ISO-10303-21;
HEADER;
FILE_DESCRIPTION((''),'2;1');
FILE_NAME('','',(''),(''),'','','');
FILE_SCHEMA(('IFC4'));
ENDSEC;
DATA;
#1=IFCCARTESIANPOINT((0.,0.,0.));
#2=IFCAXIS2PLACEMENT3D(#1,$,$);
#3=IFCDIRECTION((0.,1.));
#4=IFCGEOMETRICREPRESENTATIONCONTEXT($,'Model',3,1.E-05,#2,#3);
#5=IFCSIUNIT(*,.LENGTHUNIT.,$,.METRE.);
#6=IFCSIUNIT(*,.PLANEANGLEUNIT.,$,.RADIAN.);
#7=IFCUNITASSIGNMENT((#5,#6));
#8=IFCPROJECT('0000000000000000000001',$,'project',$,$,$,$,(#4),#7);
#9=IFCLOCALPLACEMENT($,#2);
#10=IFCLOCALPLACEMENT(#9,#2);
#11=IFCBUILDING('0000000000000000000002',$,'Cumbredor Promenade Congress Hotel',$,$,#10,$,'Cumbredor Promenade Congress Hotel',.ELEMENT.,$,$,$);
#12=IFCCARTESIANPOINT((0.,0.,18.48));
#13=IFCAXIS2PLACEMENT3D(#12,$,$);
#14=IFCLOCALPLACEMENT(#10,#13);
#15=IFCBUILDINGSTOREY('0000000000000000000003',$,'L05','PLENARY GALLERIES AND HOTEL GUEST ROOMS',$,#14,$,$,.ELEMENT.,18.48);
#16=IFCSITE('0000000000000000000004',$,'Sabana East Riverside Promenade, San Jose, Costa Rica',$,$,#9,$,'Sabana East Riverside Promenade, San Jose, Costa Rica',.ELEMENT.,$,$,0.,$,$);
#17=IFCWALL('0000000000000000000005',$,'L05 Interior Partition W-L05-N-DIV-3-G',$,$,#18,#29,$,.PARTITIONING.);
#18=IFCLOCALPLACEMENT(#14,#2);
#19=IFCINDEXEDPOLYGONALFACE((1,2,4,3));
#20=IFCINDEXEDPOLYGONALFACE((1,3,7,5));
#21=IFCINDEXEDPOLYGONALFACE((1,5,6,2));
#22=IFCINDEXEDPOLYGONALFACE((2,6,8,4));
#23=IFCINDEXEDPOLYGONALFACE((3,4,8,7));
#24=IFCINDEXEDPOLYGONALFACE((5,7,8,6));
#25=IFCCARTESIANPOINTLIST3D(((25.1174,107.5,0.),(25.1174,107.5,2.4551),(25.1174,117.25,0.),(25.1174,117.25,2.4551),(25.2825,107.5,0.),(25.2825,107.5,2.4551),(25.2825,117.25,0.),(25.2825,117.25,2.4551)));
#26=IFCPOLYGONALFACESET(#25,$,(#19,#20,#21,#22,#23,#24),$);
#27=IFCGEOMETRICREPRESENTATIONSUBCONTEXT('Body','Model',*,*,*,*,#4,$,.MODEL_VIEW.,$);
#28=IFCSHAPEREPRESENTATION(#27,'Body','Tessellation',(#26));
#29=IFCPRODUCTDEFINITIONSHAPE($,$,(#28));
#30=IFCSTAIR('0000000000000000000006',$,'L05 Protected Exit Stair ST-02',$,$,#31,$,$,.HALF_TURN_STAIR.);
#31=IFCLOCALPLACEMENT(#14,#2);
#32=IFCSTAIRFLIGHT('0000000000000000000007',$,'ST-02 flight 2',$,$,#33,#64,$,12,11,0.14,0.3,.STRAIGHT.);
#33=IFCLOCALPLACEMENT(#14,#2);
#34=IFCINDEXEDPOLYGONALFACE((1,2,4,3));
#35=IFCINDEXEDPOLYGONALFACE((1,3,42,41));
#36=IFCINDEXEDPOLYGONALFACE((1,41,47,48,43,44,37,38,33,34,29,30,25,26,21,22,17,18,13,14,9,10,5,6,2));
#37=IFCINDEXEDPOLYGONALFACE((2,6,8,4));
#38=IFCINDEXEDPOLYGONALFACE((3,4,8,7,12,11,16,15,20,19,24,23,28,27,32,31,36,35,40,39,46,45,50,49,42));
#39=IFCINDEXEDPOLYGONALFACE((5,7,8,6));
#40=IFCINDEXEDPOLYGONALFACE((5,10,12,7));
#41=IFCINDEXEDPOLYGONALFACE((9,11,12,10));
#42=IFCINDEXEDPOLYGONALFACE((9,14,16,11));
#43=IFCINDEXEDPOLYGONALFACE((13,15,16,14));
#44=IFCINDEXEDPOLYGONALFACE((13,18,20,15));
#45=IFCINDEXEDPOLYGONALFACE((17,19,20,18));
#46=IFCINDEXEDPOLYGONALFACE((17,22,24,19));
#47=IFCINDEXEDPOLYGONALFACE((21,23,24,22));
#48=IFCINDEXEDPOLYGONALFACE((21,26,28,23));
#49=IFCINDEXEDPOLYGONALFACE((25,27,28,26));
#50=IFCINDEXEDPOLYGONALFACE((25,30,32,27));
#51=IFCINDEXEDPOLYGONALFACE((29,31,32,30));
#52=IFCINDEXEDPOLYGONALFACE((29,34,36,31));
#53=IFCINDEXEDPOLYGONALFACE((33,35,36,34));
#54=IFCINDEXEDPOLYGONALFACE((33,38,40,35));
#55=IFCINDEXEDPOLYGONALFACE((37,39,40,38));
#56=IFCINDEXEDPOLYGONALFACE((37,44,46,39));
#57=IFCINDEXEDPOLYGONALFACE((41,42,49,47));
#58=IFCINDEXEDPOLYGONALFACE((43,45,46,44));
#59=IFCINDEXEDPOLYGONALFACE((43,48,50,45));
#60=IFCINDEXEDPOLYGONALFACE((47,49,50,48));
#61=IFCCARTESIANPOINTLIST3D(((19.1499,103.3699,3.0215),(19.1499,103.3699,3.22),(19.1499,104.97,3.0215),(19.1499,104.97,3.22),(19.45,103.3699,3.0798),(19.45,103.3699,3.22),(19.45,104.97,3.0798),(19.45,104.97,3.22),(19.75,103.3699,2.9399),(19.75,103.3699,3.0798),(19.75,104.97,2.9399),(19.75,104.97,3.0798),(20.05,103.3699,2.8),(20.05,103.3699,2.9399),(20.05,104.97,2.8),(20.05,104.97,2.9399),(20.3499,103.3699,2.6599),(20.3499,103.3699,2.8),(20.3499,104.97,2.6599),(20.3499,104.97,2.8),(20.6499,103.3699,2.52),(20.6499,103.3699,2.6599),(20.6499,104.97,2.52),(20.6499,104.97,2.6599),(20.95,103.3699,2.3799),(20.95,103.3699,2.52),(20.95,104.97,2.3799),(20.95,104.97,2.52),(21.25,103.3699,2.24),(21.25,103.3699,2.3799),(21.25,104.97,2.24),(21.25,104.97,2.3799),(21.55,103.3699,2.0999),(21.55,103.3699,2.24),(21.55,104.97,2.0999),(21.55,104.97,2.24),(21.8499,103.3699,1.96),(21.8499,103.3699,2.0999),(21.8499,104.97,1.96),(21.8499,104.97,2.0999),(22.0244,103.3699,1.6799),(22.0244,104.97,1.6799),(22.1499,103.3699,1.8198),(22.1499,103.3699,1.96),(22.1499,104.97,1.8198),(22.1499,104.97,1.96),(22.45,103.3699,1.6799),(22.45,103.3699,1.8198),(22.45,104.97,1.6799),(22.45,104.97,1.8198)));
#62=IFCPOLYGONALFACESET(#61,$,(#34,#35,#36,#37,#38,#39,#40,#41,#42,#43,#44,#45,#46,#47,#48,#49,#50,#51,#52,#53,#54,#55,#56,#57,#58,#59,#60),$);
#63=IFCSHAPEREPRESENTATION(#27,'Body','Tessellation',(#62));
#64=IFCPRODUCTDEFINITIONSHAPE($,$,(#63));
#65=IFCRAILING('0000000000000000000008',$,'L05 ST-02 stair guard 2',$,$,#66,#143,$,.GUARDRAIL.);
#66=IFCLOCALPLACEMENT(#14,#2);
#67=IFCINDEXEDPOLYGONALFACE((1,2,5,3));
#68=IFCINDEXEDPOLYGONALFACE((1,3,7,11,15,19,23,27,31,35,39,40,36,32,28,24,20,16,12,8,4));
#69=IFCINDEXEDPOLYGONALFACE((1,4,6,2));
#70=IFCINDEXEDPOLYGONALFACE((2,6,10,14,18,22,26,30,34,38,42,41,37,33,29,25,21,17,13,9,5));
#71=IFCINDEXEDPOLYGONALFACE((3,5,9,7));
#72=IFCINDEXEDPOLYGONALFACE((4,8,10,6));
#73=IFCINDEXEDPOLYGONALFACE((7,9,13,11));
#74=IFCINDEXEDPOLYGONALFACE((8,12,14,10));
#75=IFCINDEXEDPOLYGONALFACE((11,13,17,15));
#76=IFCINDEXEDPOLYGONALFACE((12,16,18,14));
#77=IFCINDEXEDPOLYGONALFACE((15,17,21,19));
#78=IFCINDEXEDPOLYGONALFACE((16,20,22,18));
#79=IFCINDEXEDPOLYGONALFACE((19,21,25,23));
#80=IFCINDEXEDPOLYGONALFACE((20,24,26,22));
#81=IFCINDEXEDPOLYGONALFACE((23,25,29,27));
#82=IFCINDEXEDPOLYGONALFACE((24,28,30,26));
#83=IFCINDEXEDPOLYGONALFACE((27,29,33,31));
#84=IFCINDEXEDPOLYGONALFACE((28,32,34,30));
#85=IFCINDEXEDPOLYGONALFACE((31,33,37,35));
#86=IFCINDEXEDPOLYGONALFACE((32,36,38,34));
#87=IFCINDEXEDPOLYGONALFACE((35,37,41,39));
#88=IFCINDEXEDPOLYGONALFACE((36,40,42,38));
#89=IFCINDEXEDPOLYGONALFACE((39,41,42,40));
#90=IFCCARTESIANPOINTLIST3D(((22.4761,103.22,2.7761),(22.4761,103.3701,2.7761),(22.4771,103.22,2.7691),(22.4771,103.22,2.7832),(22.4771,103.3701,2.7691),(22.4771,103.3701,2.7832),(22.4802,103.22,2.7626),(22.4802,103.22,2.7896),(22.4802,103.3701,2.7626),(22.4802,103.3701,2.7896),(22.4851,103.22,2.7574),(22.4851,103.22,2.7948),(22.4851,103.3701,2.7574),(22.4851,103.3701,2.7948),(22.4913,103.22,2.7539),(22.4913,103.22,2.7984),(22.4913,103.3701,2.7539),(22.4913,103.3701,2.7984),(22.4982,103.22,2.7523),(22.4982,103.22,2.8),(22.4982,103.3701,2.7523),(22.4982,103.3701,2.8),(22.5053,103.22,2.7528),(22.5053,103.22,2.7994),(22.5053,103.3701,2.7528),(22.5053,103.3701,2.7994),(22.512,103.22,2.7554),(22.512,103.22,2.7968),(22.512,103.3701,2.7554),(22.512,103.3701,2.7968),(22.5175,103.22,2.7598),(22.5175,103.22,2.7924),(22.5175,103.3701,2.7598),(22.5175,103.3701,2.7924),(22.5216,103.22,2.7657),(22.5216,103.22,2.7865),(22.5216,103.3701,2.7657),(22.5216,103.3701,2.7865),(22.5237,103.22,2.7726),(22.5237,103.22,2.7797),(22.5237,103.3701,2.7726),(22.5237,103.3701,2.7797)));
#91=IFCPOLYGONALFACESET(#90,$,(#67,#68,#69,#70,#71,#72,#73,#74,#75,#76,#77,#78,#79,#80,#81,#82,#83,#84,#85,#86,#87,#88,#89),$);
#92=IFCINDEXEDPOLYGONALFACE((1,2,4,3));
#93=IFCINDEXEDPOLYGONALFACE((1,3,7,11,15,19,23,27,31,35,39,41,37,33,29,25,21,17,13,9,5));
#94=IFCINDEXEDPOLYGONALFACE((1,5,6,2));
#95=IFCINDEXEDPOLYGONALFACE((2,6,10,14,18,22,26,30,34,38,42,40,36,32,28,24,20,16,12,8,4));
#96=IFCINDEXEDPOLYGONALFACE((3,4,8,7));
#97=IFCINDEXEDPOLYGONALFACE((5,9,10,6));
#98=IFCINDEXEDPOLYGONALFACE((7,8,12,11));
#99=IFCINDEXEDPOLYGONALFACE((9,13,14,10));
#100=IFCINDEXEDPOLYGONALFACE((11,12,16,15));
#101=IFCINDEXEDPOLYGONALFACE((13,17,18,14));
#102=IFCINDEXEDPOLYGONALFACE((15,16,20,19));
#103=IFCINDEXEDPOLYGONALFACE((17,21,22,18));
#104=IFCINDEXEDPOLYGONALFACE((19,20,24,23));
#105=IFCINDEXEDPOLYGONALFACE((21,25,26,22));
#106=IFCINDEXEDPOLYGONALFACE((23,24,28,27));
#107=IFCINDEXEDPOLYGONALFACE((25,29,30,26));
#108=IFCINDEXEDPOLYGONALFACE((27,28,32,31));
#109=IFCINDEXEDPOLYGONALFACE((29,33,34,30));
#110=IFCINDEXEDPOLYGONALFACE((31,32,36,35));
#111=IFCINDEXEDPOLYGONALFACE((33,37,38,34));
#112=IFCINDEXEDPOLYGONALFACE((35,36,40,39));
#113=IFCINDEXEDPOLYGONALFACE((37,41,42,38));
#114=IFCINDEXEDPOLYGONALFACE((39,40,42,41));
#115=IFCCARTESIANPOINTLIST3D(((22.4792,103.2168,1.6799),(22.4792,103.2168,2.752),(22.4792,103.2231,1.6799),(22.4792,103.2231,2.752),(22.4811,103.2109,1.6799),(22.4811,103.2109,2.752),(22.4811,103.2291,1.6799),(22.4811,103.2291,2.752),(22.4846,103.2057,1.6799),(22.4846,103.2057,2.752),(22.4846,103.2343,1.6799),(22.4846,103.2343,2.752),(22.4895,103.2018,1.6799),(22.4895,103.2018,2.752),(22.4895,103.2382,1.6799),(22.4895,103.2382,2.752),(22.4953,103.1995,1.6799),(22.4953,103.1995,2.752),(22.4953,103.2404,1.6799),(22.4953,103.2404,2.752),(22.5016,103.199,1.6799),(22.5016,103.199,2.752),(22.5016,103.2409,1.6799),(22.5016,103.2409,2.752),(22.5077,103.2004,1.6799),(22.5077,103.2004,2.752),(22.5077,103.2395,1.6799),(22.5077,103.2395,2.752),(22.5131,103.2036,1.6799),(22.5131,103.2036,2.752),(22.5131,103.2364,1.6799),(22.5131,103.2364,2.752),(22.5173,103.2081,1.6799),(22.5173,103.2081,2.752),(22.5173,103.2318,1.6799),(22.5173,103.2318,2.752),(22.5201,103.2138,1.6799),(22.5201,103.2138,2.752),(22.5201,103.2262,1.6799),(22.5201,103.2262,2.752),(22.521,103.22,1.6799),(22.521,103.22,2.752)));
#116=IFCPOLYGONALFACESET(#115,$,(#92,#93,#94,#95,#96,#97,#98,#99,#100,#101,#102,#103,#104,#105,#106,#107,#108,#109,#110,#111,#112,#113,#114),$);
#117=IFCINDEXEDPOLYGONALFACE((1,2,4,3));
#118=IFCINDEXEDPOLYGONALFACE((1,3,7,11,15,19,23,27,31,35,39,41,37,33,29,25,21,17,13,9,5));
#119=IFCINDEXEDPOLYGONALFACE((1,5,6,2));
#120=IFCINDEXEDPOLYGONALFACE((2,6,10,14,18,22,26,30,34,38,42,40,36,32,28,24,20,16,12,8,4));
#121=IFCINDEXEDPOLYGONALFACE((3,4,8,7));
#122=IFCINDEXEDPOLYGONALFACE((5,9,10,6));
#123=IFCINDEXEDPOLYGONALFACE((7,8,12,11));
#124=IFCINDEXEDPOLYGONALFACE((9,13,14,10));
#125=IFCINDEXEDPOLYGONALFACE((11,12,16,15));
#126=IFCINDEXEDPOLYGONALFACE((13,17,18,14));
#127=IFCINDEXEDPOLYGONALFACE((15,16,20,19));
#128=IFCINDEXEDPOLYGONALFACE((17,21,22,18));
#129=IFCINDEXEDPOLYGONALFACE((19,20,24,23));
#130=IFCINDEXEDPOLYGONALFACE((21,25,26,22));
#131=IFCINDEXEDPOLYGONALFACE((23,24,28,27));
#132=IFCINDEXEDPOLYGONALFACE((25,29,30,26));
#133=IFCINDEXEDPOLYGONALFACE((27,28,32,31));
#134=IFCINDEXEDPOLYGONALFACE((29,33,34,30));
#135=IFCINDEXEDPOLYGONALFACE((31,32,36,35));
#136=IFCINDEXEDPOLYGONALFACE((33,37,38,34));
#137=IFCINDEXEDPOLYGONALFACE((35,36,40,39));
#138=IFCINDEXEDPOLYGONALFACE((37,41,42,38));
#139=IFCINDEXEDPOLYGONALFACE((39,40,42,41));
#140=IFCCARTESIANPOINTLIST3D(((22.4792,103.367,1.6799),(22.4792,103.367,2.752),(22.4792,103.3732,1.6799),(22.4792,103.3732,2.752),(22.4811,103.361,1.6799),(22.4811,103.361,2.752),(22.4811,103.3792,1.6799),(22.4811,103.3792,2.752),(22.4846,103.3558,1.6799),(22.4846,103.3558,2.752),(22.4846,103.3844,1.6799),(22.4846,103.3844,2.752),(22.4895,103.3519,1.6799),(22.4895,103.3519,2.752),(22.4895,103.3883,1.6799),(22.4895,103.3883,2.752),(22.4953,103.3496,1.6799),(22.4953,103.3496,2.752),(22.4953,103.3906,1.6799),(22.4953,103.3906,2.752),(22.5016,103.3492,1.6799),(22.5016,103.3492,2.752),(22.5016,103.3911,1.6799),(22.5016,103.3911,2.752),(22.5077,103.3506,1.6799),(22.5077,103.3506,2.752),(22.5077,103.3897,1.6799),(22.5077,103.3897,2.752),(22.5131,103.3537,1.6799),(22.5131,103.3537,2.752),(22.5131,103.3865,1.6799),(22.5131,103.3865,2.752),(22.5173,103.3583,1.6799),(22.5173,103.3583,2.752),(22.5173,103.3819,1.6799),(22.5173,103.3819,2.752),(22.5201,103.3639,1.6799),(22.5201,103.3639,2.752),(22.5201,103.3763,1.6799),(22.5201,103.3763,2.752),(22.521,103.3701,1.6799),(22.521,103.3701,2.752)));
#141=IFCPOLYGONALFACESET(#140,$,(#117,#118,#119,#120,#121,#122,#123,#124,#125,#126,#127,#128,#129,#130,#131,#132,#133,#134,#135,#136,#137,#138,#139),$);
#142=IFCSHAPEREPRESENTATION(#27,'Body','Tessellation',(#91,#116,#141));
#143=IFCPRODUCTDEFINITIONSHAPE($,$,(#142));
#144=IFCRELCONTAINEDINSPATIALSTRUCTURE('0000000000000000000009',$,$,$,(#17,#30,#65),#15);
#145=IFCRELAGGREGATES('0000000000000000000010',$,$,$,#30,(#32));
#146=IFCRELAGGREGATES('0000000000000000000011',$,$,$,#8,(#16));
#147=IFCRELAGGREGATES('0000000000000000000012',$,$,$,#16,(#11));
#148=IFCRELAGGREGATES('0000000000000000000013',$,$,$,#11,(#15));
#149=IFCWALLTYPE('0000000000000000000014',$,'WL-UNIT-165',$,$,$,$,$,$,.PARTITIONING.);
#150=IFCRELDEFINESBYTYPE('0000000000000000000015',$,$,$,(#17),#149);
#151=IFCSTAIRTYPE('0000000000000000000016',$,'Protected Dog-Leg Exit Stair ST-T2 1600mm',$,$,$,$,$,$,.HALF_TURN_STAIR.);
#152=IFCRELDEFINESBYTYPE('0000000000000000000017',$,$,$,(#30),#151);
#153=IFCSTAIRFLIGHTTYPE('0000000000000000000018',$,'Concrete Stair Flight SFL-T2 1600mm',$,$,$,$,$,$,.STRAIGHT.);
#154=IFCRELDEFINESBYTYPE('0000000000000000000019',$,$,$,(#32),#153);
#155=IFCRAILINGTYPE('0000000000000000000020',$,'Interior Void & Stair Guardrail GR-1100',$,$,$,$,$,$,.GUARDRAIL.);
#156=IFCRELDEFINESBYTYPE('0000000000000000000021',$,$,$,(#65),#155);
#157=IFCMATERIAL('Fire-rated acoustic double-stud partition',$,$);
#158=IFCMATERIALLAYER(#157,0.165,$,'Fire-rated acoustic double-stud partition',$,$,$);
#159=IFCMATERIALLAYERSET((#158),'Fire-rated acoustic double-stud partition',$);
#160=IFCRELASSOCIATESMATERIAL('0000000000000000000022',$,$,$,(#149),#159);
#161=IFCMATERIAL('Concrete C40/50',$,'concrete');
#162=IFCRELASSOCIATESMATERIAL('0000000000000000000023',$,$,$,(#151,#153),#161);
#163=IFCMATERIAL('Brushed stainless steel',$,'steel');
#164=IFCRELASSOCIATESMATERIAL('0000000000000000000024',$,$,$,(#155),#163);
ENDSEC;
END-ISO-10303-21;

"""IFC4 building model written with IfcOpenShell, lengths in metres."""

from ifc_helpers import new_model, si_unit, direction, frame, frame_2d, origin, origin_2d, place, context, subcontext, project, spatial, polyline, rectangle, circle, outline, extrude, material, layer, layer_set, type_object, element, aggregate, save


model = new_model("IFC4")

# Units and contexts
model_context = context("Model", 3, precision=1e-05, world=origin(), true_north=direction((0.0, 1.0)))
body_context = subcontext(model_context, "Body", "Model", "MODEL_VIEW")
ifc_project = project(units=[si_unit("LENGTHUNIT", "METRE"), si_unit("PLANEANGLEUNIT", "RADIAN")], contexts=[model_context])

# Site, building, storey
site_placement = place(None, origin())
site = spatial("IfcSite", under=ifc_project, at=site_placement, Name="Sabana East Riverside Promenade, San Jose, Costa Rica", LongName="Sabana East Riverside Promenade, San Jose, Costa Rica", CompositionType="ELEMENT", RefElevation=0.0)
building_placement = place(site_placement, origin())
building = spatial("IfcBuilding", under=site, at=building_placement, Name="Cumbredor Promenade Congress Hotel", LongName="Cumbredor Promenade Congress Hotel", CompositionType="ELEMENT")
storey_placement = place(building_placement, frame((0.0, 0.0, 18.48)))
storey = spatial("IfcBuildingStorey", under=building, at=storey_placement, Name="L05", Description="PLENARY GALLERIES AND HOTEL GUEST ROOMS", CompositionType="ELEMENT", Elevation=18.48)

# Shared definitions
ifc_material_1 = material(Name="Concrete C40/50", Category="concrete")

# Wall
ifc_material_2 = material(Name="Fire-rated acoustic double-stud partition")
ifc_layer_1 = layer(ifc_material_2, 0.165, Name="Fire-rated acoustic double-stud partition")
ifc_layer_set_1 = layer_set([ifc_layer_1], Name="Fire-rated acoustic double-stud partition")
wall_type_1 = type_object("IfcWallType", Name="WL-UNIT-165", PredefinedType="PARTITIONING", material=ifc_layer_set_1)
wall_1_placement = place(storey_placement, frame((25.2, 107.5, 0.0), z_axis=(0.0, 0.0, 1.0), x_axis=(0.0, 1.0, 0.0)))
element("IfcWall", 1, at=wall_1_placement, inside=storey, type_object=wall_type_1, Name="L05 Interior Partition W-L05-N-DIV-3-G", PredefinedType="PARTITIONING", context=body_context, shape_type="SweptSolid", body=[
    extrude(rectangle(XDim=9.75, YDim=0.165, at=frame_2d((4.875, 0.0))), origin(), (0.0, 0.0, 1.0), 2.4551),
])

# Stair, stair flight
stair_type = type_object("IfcStairType", Name="Protected Dog-Leg Exit Stair ST-T2 1600mm", PredefinedType="HALF_TURN_STAIR", material=ifc_material_1)
stair_placement = place(storey_placement, origin())
stair = element("IfcStair", 2, at=stair_placement, inside=storey, type_object=stair_type, Name="L05 Protected Exit Stair ST-02", PredefinedType="HALF_TURN_STAIR")
stair_flight_type = type_object("IfcStairFlightType", Name="Concrete Stair Flight SFL-T2 1600mm", PredefinedType="STRAIGHT", material=ifc_material_1)
stair_flight_placement = place(storey_placement, frame((22.45, 104.1699, 1.6799), z_axis=(0.0, 0.0, 1.0), x_axis=(-1.0, 0.0, 0.0)))
stair_flight = element("IfcStairFlight", 3, at=stair_flight_placement, type_object=stair_flight_type, Name="ST-02 flight 2", NumberOfRisers=12, NumberOfTreads=11, PredefinedType="STRAIGHT", RiserHeight=0.14, TreadLength=0.3, context=body_context, shape_type="SweptSolid", body=[
    extrude(outline(polyline([(0.0, 0.0), (0.0, 0.1399), (0.3, 0.1399), (0.3, 0.28), (0.6001, 0.28), (0.6001, 0.4199), (0.8999, 0.4199), (0.8999, 0.5601), (1.2, 0.5601), (1.2, 0.7), (1.5, 0.7), (1.5, 0.8401), (1.8, 0.8401), (1.8, 0.98), (2.1001, 0.98), (2.1001, 1.1201), (2.3999, 1.1201), (2.3999, 1.26), (2.7, 1.26), (2.7, 1.3999), (3.0, 1.3999), (3.0, 1.54), (3.3, 1.54), (3.3, 1.6799), (3.3, 1.3416), (0.4255, 0.0), (0.0, 0.0)])), frame((0.0, 0.8, 0.0), z_axis=(0.0, -1.0, 0.0), x_axis=(1.0, 0.0, 0.0)), (0.0, 0.0, 1.0), 1.6001),
])
aggregate(stair, [stair_flight])

# Railing
ifc_material_3 = material(Name="Brushed stainless steel", Category="steel")
railing_type_1 = type_object("IfcRailingType", Name="Interior Void & Stair Guardrail GR-1100", PredefinedType="GUARDRAIL", material=ifc_material_3)
railing_1_placement = place(storey_placement, frame((22.5, 103.22, 1.6799)))
element("IfcRailing", 4, at=railing_1_placement, inside=storey, type_object=railing_type_1, Name="L05 ST-02 stair guard 2", PredefinedType="GUARDRAIL", context=body_context, shape_type="SweptSolid", body=[
    extrude(circle(Radius=0.0239, at=origin_2d()), frame((0.0, 0.0, 1.0962), z_axis=(0.0, 1.0, 0.0), x_axis=(-1.0, 0.0, 0.0)), (0.0, 0.0, 1.0), 0.1501),
    extrude(circle(Radius=0.021, at=origin_2d()), origin(), (0.0, 0.0, 1.0), 1.072),
    extrude(circle(Radius=0.021, at=origin_2d()), frame((0.0, 0.1501, 0.0)), (0.0, 0.0, 1.0), 1.072),
])

save(model, "model.ifc")
